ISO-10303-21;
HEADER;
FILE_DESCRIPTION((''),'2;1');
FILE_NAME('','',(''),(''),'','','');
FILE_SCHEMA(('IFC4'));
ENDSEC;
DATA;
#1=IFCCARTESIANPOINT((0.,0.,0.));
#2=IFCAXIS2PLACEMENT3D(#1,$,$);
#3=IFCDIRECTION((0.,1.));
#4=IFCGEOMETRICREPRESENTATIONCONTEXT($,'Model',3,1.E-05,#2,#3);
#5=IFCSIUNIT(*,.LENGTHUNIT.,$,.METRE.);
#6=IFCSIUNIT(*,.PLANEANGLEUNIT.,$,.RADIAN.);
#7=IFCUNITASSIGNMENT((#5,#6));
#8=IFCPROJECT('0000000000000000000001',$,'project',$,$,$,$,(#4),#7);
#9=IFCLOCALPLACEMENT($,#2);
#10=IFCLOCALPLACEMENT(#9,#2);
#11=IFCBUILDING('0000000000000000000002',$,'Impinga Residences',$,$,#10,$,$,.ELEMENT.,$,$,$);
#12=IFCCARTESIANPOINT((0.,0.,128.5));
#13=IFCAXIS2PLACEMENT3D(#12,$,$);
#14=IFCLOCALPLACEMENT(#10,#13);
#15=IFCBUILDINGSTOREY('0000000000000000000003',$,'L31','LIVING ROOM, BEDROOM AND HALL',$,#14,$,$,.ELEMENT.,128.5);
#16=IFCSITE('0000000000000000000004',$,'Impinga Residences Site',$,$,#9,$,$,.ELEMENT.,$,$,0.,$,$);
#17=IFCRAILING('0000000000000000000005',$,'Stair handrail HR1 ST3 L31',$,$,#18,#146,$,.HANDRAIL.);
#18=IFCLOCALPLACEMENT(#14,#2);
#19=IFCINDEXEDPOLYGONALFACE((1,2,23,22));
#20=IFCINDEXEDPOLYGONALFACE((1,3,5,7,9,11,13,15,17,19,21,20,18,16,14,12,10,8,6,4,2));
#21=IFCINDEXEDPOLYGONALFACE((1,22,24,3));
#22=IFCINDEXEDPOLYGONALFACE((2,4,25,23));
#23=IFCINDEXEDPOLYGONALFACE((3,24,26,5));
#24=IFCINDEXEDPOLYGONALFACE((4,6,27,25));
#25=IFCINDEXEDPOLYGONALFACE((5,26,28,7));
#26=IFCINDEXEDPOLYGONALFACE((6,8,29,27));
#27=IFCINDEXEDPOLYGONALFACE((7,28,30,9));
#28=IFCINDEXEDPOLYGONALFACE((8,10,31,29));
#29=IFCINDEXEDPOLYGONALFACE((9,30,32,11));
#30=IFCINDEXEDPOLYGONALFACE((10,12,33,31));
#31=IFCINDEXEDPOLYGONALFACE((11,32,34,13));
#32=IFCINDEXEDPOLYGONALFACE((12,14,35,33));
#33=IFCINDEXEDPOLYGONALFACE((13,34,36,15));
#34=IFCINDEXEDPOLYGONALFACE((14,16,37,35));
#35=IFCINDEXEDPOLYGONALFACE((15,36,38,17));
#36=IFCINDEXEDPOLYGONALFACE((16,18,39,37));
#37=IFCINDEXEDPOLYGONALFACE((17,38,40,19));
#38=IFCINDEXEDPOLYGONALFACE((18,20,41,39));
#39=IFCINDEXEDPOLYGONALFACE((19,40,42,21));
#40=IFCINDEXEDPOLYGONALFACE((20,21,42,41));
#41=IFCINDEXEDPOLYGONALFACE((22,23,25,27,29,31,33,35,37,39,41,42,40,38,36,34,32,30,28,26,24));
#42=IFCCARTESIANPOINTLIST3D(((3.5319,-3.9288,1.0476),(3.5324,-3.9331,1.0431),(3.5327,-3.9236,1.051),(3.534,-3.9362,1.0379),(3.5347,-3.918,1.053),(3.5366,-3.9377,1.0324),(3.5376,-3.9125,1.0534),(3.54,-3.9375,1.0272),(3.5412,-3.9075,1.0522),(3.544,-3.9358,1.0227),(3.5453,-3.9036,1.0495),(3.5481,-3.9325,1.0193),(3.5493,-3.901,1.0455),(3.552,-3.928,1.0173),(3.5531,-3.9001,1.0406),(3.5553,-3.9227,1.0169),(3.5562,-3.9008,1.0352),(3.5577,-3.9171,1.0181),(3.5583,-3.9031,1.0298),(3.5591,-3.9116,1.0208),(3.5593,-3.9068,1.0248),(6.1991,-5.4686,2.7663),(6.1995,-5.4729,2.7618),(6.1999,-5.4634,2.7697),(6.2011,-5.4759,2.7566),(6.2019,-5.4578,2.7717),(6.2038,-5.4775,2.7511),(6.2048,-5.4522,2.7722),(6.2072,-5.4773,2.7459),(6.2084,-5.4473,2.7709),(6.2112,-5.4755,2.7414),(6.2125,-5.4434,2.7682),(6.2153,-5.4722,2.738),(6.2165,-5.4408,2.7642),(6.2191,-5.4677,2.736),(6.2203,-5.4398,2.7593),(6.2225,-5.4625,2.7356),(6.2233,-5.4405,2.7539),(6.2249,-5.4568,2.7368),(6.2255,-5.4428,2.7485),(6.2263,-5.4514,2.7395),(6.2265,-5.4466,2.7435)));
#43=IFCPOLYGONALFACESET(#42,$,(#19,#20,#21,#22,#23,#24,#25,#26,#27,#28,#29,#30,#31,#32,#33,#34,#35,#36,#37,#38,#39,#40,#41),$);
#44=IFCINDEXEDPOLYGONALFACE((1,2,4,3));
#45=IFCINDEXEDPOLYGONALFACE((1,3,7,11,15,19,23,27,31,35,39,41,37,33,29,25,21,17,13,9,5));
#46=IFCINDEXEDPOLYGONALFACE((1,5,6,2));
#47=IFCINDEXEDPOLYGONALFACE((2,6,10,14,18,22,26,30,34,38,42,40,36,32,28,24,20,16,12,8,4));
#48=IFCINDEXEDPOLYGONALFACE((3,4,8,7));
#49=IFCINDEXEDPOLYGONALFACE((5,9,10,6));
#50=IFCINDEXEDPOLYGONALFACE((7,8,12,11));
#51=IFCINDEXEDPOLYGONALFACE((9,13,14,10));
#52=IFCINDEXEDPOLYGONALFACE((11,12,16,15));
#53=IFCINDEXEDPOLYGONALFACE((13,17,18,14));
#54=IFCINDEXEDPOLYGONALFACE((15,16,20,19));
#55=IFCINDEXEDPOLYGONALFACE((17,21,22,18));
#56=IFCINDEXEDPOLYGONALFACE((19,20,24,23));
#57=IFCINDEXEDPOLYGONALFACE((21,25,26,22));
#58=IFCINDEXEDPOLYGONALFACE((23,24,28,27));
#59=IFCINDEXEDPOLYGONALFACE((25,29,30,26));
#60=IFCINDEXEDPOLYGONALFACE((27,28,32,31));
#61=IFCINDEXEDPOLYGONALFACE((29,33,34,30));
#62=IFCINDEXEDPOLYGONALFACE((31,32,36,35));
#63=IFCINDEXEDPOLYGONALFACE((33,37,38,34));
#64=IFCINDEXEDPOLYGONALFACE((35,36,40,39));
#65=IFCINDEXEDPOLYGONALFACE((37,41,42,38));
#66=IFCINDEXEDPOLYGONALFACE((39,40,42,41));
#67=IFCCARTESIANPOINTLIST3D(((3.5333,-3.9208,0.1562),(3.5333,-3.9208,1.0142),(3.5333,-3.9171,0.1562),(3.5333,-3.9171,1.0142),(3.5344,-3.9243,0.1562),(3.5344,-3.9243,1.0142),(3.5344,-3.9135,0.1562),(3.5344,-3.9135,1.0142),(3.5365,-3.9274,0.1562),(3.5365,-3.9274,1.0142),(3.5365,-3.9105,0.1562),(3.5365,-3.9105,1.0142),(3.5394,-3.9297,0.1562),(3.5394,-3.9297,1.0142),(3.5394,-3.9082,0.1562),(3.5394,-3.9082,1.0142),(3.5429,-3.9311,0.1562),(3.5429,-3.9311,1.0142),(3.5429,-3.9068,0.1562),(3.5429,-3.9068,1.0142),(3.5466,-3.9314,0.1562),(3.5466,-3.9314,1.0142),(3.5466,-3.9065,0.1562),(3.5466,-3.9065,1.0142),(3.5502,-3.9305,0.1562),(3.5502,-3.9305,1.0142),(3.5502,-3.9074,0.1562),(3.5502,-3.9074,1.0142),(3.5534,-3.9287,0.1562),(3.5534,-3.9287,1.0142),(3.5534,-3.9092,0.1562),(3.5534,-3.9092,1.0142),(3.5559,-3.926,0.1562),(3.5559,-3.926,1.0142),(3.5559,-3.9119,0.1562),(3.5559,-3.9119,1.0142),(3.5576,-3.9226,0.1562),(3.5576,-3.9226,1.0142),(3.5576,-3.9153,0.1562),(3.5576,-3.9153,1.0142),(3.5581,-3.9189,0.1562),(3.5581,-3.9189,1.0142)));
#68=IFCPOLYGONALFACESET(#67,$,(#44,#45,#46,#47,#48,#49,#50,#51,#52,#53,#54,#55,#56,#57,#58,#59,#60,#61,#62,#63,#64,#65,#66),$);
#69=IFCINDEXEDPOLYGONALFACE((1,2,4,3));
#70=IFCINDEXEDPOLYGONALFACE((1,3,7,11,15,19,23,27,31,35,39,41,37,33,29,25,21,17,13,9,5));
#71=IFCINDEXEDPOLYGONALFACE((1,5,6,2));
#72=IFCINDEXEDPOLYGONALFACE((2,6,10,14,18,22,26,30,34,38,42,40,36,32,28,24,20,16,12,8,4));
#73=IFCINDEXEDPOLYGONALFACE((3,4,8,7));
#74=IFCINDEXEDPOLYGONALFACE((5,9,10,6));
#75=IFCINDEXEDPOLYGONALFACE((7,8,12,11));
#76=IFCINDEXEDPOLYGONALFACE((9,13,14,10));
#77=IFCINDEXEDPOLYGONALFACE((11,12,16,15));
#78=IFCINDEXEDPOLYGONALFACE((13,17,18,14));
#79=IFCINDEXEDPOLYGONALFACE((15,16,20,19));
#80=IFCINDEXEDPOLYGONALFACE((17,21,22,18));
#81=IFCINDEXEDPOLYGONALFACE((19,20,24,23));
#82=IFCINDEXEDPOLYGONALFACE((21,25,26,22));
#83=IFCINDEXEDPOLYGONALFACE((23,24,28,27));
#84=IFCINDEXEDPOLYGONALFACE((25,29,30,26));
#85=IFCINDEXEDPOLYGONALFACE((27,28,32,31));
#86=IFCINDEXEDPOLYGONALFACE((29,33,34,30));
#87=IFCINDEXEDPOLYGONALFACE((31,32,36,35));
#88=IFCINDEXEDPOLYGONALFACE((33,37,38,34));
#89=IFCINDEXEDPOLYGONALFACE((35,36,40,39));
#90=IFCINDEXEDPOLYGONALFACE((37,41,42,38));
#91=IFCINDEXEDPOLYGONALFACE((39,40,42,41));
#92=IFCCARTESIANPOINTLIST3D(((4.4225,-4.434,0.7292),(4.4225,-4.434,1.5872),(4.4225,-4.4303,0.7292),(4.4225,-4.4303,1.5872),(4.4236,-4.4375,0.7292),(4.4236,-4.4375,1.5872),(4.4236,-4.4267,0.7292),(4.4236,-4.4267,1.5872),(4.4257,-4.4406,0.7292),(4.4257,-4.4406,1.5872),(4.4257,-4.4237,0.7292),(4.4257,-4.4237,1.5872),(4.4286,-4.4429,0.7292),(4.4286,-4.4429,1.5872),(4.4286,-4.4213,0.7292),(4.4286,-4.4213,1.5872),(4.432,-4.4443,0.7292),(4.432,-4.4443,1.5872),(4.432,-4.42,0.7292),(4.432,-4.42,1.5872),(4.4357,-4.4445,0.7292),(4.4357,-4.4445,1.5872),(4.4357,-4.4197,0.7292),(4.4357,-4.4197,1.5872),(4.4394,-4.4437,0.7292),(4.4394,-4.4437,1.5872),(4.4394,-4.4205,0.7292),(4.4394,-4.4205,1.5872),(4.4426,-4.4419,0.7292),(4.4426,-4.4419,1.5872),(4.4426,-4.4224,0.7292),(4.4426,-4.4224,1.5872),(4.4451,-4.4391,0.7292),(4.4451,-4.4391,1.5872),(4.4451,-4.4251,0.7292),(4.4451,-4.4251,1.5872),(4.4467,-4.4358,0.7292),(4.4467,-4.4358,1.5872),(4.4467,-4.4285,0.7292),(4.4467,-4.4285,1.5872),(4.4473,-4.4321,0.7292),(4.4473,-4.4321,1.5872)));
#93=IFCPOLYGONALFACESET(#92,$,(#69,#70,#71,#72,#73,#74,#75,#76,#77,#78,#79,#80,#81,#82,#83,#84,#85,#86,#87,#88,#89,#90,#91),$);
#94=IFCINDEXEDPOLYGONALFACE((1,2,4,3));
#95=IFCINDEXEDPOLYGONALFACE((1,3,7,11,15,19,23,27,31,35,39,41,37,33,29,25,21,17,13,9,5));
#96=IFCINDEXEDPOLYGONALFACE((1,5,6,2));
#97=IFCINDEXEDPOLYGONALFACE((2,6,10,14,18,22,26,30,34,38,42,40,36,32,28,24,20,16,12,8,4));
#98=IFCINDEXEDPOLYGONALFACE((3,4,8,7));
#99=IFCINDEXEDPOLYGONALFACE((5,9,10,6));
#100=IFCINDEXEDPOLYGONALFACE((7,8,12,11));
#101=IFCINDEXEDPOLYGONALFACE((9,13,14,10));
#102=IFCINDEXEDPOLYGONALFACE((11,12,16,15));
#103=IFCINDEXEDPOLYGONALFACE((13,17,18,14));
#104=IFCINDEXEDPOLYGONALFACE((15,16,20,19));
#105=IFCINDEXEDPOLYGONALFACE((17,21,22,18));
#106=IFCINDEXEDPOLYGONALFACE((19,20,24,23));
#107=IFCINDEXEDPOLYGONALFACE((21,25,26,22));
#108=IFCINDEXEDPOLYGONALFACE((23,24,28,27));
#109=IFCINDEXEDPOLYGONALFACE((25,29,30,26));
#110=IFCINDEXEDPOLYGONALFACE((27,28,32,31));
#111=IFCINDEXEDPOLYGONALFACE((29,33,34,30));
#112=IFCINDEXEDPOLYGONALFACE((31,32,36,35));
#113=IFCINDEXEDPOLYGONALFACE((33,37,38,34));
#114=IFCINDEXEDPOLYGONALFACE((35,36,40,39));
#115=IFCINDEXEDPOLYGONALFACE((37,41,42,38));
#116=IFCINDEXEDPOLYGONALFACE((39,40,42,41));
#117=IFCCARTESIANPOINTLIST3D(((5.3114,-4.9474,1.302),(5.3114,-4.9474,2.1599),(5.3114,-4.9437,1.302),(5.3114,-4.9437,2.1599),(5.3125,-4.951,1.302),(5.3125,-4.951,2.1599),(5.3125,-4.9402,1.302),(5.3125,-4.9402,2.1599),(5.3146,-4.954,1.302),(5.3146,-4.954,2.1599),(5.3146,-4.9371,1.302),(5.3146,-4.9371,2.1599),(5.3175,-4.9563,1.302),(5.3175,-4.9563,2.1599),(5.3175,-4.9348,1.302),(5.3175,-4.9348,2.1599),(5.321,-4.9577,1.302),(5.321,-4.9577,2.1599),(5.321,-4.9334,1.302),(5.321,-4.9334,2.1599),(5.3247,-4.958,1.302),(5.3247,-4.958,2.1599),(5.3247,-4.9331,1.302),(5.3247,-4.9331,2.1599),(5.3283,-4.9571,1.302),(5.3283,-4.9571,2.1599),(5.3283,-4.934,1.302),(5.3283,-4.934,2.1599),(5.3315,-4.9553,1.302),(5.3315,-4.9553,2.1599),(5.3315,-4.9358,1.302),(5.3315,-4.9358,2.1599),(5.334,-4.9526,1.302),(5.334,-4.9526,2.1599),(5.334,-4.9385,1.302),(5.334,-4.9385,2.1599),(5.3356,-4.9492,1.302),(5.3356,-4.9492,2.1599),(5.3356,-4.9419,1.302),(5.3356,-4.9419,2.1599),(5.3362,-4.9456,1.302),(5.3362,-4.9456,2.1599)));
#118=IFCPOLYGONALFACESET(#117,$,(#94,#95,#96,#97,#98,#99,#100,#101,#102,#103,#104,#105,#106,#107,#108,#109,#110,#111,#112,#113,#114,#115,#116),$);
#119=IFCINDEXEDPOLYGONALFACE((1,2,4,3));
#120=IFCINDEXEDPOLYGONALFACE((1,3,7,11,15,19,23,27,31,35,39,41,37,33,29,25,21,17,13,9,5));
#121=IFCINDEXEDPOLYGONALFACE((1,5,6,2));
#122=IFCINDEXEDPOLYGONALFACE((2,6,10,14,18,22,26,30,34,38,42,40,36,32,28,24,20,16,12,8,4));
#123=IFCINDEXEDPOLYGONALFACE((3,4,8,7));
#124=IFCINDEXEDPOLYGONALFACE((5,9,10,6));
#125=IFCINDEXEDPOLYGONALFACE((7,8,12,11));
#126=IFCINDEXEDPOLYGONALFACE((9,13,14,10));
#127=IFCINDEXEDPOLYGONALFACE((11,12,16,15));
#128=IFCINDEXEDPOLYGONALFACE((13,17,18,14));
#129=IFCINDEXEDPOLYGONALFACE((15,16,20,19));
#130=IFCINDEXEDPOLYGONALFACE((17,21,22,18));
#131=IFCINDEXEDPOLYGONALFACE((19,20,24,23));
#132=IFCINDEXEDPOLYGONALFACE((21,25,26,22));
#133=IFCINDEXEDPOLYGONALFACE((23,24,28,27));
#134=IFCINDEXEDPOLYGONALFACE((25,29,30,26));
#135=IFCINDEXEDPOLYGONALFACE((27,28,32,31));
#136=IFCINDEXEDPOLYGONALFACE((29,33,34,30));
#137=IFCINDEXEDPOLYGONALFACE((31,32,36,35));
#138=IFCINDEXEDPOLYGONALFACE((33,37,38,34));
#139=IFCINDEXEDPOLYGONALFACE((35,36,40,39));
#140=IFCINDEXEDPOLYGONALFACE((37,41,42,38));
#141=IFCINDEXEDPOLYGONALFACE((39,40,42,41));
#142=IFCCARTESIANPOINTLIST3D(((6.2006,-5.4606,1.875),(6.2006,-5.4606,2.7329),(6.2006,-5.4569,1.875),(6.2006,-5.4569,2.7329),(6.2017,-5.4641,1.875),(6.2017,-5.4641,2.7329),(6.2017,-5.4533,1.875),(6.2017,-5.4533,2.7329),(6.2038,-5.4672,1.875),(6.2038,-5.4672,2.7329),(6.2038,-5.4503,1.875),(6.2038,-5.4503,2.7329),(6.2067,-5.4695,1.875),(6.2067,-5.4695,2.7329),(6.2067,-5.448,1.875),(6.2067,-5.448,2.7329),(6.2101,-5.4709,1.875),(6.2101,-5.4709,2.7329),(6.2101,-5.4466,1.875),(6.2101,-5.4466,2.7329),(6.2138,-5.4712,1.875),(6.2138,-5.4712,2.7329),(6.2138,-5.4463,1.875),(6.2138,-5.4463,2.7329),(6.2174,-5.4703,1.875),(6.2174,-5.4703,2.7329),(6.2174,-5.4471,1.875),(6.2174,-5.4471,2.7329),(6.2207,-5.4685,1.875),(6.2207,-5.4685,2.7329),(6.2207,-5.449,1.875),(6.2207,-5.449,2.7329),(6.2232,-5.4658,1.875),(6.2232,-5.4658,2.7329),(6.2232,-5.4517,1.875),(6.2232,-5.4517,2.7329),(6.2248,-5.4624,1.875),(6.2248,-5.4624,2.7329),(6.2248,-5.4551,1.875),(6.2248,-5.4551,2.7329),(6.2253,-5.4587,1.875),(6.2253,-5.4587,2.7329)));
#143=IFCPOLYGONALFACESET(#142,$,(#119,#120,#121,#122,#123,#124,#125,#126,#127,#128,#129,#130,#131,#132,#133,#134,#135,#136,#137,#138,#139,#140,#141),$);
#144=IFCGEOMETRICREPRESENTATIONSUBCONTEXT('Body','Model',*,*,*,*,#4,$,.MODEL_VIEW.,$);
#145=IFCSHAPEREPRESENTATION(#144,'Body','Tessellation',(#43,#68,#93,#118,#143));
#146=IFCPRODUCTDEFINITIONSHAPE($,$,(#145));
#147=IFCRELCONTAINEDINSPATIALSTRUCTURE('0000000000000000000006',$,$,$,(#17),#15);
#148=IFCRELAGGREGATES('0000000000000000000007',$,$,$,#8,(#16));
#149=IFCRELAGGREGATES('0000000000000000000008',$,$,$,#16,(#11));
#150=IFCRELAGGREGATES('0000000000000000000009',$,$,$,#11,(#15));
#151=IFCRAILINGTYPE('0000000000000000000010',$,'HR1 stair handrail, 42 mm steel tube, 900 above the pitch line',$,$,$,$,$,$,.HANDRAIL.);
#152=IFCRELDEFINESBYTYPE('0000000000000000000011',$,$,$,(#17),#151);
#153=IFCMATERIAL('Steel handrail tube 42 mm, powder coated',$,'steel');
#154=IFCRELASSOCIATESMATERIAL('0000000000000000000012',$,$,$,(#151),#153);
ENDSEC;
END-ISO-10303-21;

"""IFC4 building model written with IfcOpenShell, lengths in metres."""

from ifc_helpers import new_model, si_unit, direction, frame, origin, origin_2d, place, context, subcontext, project, spatial, circle, extrude, material, type_object, element, save


model = new_model("IFC4")

# Units and contexts
model_context = context("Model", 3, precision=1e-05, world=origin(), true_north=direction((0.0, 1.0)))
body_context = subcontext(model_context, "Body", "Model", "MODEL_VIEW")
ifc_project = project(units=[si_unit("LENGTHUNIT", "METRE"), si_unit("PLANEANGLEUNIT", "RADIAN")], contexts=[model_context])

# Site, building, storey
site_placement = place(None, origin())
site = spatial("IfcSite", under=ifc_project, at=site_placement, Name="Impinga Residences Site", CompositionType="ELEMENT", RefElevation=0.0)
building_placement = place(site_placement, origin())
building = spatial("IfcBuilding", under=site, at=building_placement, Name="Impinga Residences", CompositionType="ELEMENT")
storey_placement = place(building_placement, frame((0.0, 0.0, 128.5)))
storey = spatial("IfcBuildingStorey", under=building, at=storey_placement, Name="L31", Description="LIVING ROOM, BEDROOM AND HALL", CompositionType="ELEMENT", Elevation=128.5)

# Railing
ifc_material_1 = material(Name="Steel handrail tube 42 mm, powder coated", Category="steel")
railing_type_1 = type_object("IfcRailingType", Name="HR1 stair handrail, 42 mm steel tube, 900 above the pitch line", PredefinedType="HANDRAIL", material=ifc_material_1)
railing_1_placement = place(storey_placement, frame((3.5457, -3.9189, 0.1562)))
element("IfcRailing", 1, at=railing_1_placement, inside=storey, type_object=railing_type_1, Name="Stair handrail HR1 ST3 L31", PredefinedType="HANDRAIL", context=body_context, shape_type="SweptSolid", body=[
    extrude(circle(Radius=0.021, at=origin_2d()), frame((0.0, 0.0, 0.8789), z_axis=(0.756249, -0.436582, 0.487322), x_axis=(0.499967, 0.866044, 0.0)), (0.0, 0.0, 1.0), 3.5269),
    extrude(circle(Radius=0.0125, at=origin_2d()), origin(), (0.0, 0.0, 1.0), 0.8579),
    extrude(circle(Radius=0.0125, at=origin_2d()), frame((0.8892, -0.5132, 0.573)), (0.0, 0.0, 1.0), 0.8579),
    extrude(circle(Radius=0.0125, at=origin_2d()), frame((1.7781, -1.0266, 1.1458)), (0.0, 0.0, 1.0), 0.8579),
    extrude(circle(Radius=0.0125, at=origin_2d()), frame((2.6672, -1.5398, 1.7188)), (0.0, 0.0, 1.0), 0.8579),
])

save(model, "model.ifc")
